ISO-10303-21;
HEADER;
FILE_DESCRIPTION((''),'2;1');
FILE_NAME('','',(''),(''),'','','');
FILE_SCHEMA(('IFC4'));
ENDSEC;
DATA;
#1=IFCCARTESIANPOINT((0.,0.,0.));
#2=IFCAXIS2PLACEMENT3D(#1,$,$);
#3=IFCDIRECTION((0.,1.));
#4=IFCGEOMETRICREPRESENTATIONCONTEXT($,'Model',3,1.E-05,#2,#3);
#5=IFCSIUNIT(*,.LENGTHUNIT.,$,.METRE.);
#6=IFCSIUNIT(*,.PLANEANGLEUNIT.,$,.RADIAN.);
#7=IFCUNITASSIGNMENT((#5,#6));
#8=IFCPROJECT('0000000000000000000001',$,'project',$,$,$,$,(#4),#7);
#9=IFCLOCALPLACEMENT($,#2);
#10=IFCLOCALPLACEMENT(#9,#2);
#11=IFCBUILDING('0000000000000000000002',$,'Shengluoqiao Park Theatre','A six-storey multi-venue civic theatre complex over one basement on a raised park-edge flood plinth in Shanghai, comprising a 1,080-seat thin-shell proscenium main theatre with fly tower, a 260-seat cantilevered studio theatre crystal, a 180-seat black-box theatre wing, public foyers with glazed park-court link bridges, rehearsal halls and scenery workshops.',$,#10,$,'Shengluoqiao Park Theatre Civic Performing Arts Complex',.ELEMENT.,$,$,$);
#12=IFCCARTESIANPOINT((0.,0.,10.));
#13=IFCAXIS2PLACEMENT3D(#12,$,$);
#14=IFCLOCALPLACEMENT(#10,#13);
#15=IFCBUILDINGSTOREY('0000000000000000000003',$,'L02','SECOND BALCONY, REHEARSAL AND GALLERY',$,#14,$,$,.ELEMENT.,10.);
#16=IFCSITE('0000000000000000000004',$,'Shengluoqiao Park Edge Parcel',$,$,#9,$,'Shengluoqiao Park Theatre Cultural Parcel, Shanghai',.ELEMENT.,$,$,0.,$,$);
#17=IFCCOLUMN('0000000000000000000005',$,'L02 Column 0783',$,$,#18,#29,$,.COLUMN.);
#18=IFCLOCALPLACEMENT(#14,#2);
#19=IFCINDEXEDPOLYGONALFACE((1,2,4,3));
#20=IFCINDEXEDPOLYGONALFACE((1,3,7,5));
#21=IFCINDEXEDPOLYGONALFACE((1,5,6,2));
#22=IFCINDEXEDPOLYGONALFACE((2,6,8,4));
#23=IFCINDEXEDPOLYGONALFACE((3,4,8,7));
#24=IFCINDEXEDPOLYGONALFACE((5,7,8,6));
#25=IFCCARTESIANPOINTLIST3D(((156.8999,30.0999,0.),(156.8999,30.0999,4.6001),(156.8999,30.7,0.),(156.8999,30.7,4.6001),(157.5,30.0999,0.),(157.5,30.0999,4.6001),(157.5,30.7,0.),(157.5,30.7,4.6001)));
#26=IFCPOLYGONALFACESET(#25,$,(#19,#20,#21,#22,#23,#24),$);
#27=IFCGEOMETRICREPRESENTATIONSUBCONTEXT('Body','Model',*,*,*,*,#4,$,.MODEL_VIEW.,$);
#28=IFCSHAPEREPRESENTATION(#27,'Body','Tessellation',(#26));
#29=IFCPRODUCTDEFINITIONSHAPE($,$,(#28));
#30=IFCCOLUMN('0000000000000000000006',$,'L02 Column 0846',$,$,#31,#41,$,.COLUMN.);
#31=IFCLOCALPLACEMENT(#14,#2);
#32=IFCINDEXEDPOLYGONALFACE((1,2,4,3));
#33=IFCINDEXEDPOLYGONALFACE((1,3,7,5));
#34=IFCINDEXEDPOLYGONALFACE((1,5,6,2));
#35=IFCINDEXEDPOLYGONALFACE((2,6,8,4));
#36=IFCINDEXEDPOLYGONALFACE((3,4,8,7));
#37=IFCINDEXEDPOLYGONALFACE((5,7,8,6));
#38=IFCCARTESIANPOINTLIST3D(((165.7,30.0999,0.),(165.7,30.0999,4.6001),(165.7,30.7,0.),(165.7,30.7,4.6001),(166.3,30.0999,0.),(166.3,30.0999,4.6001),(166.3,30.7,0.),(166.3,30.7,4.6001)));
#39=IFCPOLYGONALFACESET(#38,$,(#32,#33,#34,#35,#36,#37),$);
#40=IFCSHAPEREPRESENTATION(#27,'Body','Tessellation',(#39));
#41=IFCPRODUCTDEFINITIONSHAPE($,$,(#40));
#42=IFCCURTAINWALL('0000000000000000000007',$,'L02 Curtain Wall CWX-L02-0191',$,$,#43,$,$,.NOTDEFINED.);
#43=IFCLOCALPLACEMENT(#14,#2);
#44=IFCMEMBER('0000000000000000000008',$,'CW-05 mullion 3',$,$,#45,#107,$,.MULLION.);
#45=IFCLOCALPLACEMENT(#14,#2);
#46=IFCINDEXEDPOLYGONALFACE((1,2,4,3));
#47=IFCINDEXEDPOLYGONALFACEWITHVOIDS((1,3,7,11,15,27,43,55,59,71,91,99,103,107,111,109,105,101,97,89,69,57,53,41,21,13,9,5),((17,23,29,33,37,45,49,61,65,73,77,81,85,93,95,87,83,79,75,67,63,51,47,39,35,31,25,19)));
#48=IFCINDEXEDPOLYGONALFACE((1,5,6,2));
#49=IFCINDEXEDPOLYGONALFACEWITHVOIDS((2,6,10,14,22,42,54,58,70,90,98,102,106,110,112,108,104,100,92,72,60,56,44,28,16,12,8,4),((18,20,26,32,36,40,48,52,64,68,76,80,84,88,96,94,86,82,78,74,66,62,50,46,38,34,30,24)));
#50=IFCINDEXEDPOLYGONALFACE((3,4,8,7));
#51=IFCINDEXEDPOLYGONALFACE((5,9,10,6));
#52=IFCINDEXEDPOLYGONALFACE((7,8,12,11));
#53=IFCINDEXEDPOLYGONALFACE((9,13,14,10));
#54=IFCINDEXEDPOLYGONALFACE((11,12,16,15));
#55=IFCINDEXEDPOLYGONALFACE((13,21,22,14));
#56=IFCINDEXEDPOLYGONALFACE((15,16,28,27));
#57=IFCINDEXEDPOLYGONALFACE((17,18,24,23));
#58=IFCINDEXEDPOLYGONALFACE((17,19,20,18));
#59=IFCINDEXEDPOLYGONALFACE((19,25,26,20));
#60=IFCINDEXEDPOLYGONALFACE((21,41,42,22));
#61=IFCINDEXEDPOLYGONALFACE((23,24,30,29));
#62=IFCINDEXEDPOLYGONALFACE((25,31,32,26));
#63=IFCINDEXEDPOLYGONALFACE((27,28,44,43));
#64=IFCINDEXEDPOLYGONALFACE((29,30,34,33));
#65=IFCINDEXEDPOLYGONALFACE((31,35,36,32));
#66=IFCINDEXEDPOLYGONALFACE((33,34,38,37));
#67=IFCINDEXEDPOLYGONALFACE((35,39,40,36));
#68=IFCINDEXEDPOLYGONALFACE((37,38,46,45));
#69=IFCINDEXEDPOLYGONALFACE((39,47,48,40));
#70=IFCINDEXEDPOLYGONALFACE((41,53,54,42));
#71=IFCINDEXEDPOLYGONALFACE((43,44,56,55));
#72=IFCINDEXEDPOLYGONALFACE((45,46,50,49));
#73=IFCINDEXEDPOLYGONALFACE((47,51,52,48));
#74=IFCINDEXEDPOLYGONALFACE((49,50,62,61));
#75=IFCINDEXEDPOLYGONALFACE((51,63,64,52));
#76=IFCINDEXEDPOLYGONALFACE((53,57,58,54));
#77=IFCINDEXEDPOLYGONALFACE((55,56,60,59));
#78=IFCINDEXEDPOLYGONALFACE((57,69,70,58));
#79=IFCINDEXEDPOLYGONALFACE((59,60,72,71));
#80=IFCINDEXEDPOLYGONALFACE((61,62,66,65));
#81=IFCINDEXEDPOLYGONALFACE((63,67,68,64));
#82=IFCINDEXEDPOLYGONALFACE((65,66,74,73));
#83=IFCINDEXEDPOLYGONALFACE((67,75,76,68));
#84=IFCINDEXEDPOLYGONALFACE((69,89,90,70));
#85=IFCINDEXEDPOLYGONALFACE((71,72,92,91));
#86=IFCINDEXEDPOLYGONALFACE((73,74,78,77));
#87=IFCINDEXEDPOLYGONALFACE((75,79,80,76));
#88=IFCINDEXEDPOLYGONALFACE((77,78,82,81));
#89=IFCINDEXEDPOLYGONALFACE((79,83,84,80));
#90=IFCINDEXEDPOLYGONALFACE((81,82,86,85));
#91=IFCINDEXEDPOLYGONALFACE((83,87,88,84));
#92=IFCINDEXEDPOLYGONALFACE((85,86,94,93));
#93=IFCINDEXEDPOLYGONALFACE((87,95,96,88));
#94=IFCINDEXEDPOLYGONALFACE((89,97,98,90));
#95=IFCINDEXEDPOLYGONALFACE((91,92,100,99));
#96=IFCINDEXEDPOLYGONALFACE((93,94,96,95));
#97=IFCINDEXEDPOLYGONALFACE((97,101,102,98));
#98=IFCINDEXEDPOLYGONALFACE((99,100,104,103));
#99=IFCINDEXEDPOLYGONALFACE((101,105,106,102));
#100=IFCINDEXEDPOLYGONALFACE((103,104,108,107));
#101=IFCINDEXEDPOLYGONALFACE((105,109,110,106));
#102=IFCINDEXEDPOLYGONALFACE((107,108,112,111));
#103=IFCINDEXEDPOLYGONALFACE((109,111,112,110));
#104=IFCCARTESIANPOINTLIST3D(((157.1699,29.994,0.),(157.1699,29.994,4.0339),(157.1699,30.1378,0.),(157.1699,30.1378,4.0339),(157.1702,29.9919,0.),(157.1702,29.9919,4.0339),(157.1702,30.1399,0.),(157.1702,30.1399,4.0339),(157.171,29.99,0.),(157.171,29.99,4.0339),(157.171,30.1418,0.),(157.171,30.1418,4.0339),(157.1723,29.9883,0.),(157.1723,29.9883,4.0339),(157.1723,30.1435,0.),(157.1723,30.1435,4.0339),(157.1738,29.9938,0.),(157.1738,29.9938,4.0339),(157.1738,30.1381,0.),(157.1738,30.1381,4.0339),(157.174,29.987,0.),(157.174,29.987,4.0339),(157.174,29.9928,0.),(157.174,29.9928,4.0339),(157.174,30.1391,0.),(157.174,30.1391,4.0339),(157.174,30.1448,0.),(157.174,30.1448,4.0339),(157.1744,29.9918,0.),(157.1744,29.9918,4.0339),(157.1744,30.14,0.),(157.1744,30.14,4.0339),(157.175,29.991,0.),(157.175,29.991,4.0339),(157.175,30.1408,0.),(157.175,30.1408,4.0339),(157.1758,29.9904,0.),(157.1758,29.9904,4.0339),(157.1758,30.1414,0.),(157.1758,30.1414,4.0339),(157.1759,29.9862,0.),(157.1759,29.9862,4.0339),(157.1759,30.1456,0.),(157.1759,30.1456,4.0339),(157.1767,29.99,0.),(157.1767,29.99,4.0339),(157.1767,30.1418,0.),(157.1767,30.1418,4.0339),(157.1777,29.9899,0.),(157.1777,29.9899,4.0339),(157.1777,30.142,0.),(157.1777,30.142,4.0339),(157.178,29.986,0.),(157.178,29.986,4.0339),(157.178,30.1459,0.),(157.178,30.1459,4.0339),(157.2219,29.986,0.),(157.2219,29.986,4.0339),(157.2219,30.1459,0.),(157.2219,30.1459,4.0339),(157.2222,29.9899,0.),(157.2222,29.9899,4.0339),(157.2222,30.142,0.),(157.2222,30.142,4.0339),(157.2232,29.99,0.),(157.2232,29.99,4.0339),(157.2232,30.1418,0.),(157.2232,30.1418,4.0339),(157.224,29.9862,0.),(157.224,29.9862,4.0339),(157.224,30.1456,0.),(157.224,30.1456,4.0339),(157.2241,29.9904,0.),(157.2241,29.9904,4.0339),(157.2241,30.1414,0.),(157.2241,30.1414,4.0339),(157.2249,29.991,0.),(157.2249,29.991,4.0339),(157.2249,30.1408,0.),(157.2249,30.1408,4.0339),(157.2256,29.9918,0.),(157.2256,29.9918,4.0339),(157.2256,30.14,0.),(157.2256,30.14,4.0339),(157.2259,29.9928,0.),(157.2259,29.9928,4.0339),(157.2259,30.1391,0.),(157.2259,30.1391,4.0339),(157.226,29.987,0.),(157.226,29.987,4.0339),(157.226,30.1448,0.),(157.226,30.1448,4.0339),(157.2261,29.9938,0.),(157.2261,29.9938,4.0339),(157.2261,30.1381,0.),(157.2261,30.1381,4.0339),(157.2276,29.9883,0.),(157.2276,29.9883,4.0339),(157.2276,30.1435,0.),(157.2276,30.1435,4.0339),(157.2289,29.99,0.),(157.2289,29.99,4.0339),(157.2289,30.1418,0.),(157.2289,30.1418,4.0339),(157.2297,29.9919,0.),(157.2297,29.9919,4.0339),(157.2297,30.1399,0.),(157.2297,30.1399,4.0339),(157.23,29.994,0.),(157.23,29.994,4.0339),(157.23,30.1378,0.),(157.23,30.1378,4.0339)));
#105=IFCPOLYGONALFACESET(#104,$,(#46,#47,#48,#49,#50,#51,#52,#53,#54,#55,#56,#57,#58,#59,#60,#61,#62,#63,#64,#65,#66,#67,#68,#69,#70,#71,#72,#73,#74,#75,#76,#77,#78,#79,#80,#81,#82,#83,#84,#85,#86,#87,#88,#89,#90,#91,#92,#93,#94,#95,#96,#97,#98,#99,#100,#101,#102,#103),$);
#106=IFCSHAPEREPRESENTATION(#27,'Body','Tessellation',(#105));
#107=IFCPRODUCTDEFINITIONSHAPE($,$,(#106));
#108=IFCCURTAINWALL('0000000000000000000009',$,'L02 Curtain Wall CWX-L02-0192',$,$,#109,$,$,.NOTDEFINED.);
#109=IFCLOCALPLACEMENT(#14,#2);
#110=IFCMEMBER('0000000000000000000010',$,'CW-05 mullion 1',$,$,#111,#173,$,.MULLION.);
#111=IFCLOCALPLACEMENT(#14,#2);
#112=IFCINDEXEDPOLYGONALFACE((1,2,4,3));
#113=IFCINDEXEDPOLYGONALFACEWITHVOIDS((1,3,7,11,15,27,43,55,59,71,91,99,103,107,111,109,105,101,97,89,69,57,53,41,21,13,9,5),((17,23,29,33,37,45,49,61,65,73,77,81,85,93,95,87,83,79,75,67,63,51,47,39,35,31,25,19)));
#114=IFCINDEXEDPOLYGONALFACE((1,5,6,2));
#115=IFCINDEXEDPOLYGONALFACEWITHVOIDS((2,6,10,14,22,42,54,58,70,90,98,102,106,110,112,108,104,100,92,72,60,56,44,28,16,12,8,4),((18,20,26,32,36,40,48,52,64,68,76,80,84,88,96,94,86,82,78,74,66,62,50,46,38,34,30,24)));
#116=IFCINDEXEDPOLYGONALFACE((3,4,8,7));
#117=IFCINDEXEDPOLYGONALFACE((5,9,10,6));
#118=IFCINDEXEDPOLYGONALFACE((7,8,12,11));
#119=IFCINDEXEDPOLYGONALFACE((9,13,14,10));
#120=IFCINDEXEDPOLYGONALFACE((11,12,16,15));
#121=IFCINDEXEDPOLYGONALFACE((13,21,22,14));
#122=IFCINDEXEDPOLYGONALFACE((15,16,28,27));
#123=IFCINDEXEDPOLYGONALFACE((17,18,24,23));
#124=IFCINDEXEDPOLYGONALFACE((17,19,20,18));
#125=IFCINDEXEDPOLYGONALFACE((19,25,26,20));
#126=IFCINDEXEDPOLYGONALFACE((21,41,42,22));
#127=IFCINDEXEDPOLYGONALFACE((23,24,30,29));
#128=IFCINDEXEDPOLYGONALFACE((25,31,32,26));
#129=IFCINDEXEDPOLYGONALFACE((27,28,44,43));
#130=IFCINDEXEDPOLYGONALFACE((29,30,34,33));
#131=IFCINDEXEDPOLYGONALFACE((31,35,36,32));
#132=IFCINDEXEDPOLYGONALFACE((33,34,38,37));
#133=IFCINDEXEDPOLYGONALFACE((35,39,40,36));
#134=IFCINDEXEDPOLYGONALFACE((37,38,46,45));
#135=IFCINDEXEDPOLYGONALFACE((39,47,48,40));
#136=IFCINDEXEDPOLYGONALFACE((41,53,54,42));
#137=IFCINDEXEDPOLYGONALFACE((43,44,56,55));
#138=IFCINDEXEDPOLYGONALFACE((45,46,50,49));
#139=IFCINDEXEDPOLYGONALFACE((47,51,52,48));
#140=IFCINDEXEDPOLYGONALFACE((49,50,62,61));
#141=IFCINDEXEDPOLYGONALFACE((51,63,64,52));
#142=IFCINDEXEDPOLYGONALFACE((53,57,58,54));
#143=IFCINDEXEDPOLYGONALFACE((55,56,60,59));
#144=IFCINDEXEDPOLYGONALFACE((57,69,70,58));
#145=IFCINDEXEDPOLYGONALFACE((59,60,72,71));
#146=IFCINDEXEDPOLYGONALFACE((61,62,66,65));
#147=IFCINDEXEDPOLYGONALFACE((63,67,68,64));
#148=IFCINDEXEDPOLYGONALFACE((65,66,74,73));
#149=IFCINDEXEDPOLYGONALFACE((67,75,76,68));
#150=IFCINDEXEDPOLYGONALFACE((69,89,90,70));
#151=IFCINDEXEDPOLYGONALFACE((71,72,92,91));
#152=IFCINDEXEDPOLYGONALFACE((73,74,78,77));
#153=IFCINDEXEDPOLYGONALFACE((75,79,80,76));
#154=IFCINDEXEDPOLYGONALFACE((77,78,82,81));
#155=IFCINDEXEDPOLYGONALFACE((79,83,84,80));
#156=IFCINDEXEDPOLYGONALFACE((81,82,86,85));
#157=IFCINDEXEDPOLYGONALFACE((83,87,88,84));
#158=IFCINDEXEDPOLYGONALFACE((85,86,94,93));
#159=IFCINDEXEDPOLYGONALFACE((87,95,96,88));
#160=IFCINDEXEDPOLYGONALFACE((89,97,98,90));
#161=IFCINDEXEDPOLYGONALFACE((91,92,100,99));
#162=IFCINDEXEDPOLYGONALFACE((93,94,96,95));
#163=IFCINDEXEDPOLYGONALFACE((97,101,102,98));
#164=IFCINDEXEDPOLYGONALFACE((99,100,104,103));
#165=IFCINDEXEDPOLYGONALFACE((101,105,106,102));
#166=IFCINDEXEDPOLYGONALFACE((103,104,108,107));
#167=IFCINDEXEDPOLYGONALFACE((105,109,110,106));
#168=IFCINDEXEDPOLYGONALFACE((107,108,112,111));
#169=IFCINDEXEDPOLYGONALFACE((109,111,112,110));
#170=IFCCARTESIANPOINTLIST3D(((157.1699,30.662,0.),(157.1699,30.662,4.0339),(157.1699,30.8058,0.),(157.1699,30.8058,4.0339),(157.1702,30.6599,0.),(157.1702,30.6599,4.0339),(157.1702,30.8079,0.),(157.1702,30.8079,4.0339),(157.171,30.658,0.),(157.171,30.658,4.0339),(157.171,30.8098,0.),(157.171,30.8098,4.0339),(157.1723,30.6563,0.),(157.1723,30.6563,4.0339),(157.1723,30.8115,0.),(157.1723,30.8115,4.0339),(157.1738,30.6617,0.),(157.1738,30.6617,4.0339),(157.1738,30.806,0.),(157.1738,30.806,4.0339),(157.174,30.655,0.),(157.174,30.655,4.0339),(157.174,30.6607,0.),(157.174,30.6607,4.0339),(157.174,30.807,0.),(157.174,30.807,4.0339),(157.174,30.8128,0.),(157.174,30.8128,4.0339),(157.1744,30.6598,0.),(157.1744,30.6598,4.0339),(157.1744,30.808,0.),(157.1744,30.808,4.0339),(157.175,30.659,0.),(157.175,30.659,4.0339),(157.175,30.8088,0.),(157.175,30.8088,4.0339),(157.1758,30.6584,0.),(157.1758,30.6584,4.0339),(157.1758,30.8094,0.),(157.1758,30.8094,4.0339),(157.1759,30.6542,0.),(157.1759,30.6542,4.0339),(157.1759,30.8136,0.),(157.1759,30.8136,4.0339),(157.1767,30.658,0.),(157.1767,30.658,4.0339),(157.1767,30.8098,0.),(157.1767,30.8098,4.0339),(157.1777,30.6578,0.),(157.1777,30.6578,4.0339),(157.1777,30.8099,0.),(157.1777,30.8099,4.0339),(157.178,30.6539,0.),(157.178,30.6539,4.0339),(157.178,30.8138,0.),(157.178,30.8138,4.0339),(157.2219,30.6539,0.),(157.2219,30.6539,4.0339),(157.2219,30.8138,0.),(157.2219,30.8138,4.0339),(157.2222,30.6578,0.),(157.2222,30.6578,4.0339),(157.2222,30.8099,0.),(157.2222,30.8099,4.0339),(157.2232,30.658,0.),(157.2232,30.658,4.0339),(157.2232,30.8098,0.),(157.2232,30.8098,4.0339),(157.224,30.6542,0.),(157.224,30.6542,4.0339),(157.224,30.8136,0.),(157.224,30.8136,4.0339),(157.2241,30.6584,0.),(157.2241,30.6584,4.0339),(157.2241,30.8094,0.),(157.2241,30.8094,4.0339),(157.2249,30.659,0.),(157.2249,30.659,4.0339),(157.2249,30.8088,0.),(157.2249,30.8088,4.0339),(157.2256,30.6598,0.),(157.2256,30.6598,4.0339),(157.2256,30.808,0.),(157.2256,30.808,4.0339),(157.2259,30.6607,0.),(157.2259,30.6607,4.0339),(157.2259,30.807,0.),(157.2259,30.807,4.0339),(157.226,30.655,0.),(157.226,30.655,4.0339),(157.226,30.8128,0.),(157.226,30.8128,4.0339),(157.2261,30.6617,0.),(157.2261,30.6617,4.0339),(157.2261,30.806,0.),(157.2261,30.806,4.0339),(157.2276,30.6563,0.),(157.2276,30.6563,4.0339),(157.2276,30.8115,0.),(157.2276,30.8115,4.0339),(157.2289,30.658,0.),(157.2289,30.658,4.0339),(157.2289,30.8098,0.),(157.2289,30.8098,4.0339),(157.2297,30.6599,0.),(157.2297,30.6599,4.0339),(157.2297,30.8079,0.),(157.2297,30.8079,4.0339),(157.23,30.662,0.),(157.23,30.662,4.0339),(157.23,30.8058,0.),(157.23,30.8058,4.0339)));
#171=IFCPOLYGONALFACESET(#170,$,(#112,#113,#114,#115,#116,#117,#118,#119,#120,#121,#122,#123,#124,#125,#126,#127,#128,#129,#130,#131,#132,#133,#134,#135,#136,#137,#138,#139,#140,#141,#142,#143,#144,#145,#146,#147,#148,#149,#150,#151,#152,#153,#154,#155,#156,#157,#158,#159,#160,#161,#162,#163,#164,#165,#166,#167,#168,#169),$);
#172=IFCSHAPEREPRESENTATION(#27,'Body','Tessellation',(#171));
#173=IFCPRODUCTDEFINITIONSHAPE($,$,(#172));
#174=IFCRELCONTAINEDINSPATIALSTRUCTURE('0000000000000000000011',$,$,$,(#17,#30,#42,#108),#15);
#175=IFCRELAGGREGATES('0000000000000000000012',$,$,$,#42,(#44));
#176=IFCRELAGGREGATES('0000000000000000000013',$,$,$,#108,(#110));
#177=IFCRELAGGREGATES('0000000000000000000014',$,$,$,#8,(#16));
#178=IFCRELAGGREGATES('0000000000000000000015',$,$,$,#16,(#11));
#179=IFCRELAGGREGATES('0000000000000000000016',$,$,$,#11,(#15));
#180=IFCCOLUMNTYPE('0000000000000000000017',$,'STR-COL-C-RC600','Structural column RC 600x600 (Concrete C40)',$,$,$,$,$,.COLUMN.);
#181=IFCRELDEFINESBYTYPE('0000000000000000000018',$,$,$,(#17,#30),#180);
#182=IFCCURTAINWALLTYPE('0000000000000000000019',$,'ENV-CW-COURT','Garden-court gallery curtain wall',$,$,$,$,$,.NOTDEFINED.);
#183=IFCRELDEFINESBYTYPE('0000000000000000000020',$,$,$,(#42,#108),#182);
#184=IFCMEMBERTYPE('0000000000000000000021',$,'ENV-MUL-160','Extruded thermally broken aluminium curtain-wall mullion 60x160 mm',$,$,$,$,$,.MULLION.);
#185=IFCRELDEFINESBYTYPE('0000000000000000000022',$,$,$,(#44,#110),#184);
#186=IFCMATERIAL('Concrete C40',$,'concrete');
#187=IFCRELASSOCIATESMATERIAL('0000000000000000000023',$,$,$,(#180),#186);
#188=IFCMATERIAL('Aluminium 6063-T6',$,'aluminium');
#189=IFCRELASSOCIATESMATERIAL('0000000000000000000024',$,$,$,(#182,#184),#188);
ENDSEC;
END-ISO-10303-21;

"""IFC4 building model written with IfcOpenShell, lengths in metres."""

from ifc_helpers import new_model, si_unit, direction, frame, origin, origin_2d, place, context, subcontext, project, spatial, rectangle, hollow_rectangle, extrude, material, material_profile, profile_set, type_object, element, aggregate, save


model = new_model("IFC4")

# Units and contexts
model_context = context("Model", 3, precision=1e-05, world=origin(), true_north=direction((0.0, 1.0)))
body_context = subcontext(model_context, "Body", "Model", "MODEL_VIEW")
ifc_project = project(units=[si_unit("LENGTHUNIT", "METRE"), si_unit("PLANEANGLEUNIT", "RADIAN")], contexts=[model_context])

# Site, building, storey
site_placement = place(None, origin())
site = spatial("IfcSite", under=ifc_project, at=site_placement, Name="Shengluoqiao Park Edge Parcel", LongName="Shengluoqiao Park Theatre Cultural Parcel, Shanghai", CompositionType="ELEMENT", RefElevation=0.0)
building_placement = place(site_placement, origin())
building = spatial("IfcBuilding", under=site, at=building_placement, Name="Shengluoqiao Park Theatre", Description="A six-storey multi-venue civic theatre complex over one basement on a raised park-edge flood plinth in Shanghai, comprising a 1,080-seat thin-shell proscenium main theatre with fly tower, a 260-seat cantilevered studio theatre crystal, a 180-seat black-box theatre wing, public foyers with glazed park-court link bridges, rehearsal halls and scenery workshops.", LongName="Shengluoqiao Park Theatre Civic Performing Arts Complex", CompositionType="ELEMENT")
storey_placement = place(building_placement, frame((0.0, 0.0, 10.0)))
storey = spatial("IfcBuildingStorey", under=building, at=storey_placement, Name="L02", Description="SECOND BALCONY, REHEARSAL AND GALLERY", CompositionType="ELEMENT", Elevation=10.0)

# Columns
ifc_material_1 = material(Name="Concrete C40", Category="concrete")
ifc_material_profile_1 = material_profile(ifc_material_1, rectangle(XDim=0.6001, YDim=0.6001, at=origin_2d()), Name="RC 600x600")
ifc_profile_set_1 = profile_set([ifc_material_profile_1], Name="Concrete C40")
column_type = type_object("IfcColumnType", Name="STR-COL-C-RC600", Description="Structural column RC 600x600 (Concrete C40)", PredefinedType="COLUMN", material=ifc_profile_set_1)
for number, where, z_axis, x_axis, name in (
    (1, (157.2, 30.3999, 0.0), (0.0, 0.0, 1.0), (1.0, 0.0, 0.0), "L02 Column 0783"),
    (2, (166.0, 30.3999, 0.0), (0.0, 0.0, 1.0), (1.0, 0.0, 0.0), "L02 Column 0846"),
):
    element("IfcColumn", number, at=place(storey_placement, frame(where, z_axis=z_axis, x_axis=x_axis)), inside=storey, type_object=column_type, Name=name, PredefinedType="COLUMN", context=body_context, shape_type="SweptSolid", body=[
        extrude(rectangle(XDim=0.6001, YDim=0.6001, at=origin_2d()), origin(), (0.0, 0.0, 1.0), 4.6001),
    ])

# Curtain walls, members
ifc_material_2 = material(Name="Aluminium 6063-T6", Category="aluminium")
curtain_wall_type = type_object("IfcCurtainWallType", Name="ENV-CW-COURT", Description="Garden-court gallery curtain wall", PredefinedType="NOTDEFINED", material=ifc_material_2)
curtain_wall_1_placement = place(storey_placement, origin())
curtain_wall_1 = element("IfcCurtainWall", 3, at=curtain_wall_1_placement, inside=storey, type_object=curtain_wall_type, Name="L02 Curtain Wall CWX-L02-0191", PredefinedType="NOTDEFINED")
ifc_material_profile_2 = material_profile(ifc_material_2, hollow_rectangle(XDim=0.0601, YDim=0.1599, WallThickness=0.0039, InnerFilletRadius=0.0039, OuterFilletRadius=0.0081, at=origin_2d()), Name="ALU MULLION 160x60x4")
ifc_profile_set_2 = profile_set([ifc_material_profile_2], Name="Aluminium 6063-T6")
member_type_1 = type_object("IfcMemberType", Name="ENV-MUL-160", Description="Extruded thermally broken aluminium curtain-wall mullion 60x160 mm", PredefinedType="MULLION", material=ifc_profile_set_2)
member_1_placement = place(storey_placement, frame((157.2, 30.0659, 0.0), z_axis=(0.0, 0.0, 1.0), x_axis=(-1.0, 0.0, 0.0)))
member_1 = element("IfcMember", 4, at=member_1_placement, type_object=member_type_1, Name="CW-05 mullion 3", PredefinedType="MULLION", context=body_context, shape_type="SweptSolid", body=[
    extrude(hollow_rectangle(XDim=0.0601, YDim=0.1599, WallThickness=0.0039, InnerFilletRadius=0.0039, OuterFilletRadius=0.0081, at=origin_2d()), origin(), (0.0, 0.0, 1.0), 4.0339),
])
curtain_wall_2_placement = place(storey_placement, origin())
curtain_wall_2 = element("IfcCurtainWall", 5, at=curtain_wall_2_placement, inside=storey, type_object=curtain_wall_type, Name="L02 Curtain Wall CWX-L02-0192", PredefinedType="NOTDEFINED")
member_2_placement = place(storey_placement, frame((157.2, 30.7339, 0.0), z_axis=(0.0, 0.0, 1.0), x_axis=(-1.0, 0.0, 0.0)))
member_2 = element("IfcMember", 6, at=member_2_placement, type_object=member_type_1, Name="CW-05 mullion 1", PredefinedType="MULLION", context=body_context, shape_type="SweptSolid", body=[
    extrude(hollow_rectangle(XDim=0.0601, YDim=0.1599, WallThickness=0.0039, InnerFilletRadius=0.0039, OuterFilletRadius=0.0081, at=origin_2d()), origin(), (0.0, 0.0, 1.0), 4.0339),
])

aggregate(curtain_wall_1, [member_1])
aggregate(curtain_wall_2, [member_2])

save(model, "model.ifc")
